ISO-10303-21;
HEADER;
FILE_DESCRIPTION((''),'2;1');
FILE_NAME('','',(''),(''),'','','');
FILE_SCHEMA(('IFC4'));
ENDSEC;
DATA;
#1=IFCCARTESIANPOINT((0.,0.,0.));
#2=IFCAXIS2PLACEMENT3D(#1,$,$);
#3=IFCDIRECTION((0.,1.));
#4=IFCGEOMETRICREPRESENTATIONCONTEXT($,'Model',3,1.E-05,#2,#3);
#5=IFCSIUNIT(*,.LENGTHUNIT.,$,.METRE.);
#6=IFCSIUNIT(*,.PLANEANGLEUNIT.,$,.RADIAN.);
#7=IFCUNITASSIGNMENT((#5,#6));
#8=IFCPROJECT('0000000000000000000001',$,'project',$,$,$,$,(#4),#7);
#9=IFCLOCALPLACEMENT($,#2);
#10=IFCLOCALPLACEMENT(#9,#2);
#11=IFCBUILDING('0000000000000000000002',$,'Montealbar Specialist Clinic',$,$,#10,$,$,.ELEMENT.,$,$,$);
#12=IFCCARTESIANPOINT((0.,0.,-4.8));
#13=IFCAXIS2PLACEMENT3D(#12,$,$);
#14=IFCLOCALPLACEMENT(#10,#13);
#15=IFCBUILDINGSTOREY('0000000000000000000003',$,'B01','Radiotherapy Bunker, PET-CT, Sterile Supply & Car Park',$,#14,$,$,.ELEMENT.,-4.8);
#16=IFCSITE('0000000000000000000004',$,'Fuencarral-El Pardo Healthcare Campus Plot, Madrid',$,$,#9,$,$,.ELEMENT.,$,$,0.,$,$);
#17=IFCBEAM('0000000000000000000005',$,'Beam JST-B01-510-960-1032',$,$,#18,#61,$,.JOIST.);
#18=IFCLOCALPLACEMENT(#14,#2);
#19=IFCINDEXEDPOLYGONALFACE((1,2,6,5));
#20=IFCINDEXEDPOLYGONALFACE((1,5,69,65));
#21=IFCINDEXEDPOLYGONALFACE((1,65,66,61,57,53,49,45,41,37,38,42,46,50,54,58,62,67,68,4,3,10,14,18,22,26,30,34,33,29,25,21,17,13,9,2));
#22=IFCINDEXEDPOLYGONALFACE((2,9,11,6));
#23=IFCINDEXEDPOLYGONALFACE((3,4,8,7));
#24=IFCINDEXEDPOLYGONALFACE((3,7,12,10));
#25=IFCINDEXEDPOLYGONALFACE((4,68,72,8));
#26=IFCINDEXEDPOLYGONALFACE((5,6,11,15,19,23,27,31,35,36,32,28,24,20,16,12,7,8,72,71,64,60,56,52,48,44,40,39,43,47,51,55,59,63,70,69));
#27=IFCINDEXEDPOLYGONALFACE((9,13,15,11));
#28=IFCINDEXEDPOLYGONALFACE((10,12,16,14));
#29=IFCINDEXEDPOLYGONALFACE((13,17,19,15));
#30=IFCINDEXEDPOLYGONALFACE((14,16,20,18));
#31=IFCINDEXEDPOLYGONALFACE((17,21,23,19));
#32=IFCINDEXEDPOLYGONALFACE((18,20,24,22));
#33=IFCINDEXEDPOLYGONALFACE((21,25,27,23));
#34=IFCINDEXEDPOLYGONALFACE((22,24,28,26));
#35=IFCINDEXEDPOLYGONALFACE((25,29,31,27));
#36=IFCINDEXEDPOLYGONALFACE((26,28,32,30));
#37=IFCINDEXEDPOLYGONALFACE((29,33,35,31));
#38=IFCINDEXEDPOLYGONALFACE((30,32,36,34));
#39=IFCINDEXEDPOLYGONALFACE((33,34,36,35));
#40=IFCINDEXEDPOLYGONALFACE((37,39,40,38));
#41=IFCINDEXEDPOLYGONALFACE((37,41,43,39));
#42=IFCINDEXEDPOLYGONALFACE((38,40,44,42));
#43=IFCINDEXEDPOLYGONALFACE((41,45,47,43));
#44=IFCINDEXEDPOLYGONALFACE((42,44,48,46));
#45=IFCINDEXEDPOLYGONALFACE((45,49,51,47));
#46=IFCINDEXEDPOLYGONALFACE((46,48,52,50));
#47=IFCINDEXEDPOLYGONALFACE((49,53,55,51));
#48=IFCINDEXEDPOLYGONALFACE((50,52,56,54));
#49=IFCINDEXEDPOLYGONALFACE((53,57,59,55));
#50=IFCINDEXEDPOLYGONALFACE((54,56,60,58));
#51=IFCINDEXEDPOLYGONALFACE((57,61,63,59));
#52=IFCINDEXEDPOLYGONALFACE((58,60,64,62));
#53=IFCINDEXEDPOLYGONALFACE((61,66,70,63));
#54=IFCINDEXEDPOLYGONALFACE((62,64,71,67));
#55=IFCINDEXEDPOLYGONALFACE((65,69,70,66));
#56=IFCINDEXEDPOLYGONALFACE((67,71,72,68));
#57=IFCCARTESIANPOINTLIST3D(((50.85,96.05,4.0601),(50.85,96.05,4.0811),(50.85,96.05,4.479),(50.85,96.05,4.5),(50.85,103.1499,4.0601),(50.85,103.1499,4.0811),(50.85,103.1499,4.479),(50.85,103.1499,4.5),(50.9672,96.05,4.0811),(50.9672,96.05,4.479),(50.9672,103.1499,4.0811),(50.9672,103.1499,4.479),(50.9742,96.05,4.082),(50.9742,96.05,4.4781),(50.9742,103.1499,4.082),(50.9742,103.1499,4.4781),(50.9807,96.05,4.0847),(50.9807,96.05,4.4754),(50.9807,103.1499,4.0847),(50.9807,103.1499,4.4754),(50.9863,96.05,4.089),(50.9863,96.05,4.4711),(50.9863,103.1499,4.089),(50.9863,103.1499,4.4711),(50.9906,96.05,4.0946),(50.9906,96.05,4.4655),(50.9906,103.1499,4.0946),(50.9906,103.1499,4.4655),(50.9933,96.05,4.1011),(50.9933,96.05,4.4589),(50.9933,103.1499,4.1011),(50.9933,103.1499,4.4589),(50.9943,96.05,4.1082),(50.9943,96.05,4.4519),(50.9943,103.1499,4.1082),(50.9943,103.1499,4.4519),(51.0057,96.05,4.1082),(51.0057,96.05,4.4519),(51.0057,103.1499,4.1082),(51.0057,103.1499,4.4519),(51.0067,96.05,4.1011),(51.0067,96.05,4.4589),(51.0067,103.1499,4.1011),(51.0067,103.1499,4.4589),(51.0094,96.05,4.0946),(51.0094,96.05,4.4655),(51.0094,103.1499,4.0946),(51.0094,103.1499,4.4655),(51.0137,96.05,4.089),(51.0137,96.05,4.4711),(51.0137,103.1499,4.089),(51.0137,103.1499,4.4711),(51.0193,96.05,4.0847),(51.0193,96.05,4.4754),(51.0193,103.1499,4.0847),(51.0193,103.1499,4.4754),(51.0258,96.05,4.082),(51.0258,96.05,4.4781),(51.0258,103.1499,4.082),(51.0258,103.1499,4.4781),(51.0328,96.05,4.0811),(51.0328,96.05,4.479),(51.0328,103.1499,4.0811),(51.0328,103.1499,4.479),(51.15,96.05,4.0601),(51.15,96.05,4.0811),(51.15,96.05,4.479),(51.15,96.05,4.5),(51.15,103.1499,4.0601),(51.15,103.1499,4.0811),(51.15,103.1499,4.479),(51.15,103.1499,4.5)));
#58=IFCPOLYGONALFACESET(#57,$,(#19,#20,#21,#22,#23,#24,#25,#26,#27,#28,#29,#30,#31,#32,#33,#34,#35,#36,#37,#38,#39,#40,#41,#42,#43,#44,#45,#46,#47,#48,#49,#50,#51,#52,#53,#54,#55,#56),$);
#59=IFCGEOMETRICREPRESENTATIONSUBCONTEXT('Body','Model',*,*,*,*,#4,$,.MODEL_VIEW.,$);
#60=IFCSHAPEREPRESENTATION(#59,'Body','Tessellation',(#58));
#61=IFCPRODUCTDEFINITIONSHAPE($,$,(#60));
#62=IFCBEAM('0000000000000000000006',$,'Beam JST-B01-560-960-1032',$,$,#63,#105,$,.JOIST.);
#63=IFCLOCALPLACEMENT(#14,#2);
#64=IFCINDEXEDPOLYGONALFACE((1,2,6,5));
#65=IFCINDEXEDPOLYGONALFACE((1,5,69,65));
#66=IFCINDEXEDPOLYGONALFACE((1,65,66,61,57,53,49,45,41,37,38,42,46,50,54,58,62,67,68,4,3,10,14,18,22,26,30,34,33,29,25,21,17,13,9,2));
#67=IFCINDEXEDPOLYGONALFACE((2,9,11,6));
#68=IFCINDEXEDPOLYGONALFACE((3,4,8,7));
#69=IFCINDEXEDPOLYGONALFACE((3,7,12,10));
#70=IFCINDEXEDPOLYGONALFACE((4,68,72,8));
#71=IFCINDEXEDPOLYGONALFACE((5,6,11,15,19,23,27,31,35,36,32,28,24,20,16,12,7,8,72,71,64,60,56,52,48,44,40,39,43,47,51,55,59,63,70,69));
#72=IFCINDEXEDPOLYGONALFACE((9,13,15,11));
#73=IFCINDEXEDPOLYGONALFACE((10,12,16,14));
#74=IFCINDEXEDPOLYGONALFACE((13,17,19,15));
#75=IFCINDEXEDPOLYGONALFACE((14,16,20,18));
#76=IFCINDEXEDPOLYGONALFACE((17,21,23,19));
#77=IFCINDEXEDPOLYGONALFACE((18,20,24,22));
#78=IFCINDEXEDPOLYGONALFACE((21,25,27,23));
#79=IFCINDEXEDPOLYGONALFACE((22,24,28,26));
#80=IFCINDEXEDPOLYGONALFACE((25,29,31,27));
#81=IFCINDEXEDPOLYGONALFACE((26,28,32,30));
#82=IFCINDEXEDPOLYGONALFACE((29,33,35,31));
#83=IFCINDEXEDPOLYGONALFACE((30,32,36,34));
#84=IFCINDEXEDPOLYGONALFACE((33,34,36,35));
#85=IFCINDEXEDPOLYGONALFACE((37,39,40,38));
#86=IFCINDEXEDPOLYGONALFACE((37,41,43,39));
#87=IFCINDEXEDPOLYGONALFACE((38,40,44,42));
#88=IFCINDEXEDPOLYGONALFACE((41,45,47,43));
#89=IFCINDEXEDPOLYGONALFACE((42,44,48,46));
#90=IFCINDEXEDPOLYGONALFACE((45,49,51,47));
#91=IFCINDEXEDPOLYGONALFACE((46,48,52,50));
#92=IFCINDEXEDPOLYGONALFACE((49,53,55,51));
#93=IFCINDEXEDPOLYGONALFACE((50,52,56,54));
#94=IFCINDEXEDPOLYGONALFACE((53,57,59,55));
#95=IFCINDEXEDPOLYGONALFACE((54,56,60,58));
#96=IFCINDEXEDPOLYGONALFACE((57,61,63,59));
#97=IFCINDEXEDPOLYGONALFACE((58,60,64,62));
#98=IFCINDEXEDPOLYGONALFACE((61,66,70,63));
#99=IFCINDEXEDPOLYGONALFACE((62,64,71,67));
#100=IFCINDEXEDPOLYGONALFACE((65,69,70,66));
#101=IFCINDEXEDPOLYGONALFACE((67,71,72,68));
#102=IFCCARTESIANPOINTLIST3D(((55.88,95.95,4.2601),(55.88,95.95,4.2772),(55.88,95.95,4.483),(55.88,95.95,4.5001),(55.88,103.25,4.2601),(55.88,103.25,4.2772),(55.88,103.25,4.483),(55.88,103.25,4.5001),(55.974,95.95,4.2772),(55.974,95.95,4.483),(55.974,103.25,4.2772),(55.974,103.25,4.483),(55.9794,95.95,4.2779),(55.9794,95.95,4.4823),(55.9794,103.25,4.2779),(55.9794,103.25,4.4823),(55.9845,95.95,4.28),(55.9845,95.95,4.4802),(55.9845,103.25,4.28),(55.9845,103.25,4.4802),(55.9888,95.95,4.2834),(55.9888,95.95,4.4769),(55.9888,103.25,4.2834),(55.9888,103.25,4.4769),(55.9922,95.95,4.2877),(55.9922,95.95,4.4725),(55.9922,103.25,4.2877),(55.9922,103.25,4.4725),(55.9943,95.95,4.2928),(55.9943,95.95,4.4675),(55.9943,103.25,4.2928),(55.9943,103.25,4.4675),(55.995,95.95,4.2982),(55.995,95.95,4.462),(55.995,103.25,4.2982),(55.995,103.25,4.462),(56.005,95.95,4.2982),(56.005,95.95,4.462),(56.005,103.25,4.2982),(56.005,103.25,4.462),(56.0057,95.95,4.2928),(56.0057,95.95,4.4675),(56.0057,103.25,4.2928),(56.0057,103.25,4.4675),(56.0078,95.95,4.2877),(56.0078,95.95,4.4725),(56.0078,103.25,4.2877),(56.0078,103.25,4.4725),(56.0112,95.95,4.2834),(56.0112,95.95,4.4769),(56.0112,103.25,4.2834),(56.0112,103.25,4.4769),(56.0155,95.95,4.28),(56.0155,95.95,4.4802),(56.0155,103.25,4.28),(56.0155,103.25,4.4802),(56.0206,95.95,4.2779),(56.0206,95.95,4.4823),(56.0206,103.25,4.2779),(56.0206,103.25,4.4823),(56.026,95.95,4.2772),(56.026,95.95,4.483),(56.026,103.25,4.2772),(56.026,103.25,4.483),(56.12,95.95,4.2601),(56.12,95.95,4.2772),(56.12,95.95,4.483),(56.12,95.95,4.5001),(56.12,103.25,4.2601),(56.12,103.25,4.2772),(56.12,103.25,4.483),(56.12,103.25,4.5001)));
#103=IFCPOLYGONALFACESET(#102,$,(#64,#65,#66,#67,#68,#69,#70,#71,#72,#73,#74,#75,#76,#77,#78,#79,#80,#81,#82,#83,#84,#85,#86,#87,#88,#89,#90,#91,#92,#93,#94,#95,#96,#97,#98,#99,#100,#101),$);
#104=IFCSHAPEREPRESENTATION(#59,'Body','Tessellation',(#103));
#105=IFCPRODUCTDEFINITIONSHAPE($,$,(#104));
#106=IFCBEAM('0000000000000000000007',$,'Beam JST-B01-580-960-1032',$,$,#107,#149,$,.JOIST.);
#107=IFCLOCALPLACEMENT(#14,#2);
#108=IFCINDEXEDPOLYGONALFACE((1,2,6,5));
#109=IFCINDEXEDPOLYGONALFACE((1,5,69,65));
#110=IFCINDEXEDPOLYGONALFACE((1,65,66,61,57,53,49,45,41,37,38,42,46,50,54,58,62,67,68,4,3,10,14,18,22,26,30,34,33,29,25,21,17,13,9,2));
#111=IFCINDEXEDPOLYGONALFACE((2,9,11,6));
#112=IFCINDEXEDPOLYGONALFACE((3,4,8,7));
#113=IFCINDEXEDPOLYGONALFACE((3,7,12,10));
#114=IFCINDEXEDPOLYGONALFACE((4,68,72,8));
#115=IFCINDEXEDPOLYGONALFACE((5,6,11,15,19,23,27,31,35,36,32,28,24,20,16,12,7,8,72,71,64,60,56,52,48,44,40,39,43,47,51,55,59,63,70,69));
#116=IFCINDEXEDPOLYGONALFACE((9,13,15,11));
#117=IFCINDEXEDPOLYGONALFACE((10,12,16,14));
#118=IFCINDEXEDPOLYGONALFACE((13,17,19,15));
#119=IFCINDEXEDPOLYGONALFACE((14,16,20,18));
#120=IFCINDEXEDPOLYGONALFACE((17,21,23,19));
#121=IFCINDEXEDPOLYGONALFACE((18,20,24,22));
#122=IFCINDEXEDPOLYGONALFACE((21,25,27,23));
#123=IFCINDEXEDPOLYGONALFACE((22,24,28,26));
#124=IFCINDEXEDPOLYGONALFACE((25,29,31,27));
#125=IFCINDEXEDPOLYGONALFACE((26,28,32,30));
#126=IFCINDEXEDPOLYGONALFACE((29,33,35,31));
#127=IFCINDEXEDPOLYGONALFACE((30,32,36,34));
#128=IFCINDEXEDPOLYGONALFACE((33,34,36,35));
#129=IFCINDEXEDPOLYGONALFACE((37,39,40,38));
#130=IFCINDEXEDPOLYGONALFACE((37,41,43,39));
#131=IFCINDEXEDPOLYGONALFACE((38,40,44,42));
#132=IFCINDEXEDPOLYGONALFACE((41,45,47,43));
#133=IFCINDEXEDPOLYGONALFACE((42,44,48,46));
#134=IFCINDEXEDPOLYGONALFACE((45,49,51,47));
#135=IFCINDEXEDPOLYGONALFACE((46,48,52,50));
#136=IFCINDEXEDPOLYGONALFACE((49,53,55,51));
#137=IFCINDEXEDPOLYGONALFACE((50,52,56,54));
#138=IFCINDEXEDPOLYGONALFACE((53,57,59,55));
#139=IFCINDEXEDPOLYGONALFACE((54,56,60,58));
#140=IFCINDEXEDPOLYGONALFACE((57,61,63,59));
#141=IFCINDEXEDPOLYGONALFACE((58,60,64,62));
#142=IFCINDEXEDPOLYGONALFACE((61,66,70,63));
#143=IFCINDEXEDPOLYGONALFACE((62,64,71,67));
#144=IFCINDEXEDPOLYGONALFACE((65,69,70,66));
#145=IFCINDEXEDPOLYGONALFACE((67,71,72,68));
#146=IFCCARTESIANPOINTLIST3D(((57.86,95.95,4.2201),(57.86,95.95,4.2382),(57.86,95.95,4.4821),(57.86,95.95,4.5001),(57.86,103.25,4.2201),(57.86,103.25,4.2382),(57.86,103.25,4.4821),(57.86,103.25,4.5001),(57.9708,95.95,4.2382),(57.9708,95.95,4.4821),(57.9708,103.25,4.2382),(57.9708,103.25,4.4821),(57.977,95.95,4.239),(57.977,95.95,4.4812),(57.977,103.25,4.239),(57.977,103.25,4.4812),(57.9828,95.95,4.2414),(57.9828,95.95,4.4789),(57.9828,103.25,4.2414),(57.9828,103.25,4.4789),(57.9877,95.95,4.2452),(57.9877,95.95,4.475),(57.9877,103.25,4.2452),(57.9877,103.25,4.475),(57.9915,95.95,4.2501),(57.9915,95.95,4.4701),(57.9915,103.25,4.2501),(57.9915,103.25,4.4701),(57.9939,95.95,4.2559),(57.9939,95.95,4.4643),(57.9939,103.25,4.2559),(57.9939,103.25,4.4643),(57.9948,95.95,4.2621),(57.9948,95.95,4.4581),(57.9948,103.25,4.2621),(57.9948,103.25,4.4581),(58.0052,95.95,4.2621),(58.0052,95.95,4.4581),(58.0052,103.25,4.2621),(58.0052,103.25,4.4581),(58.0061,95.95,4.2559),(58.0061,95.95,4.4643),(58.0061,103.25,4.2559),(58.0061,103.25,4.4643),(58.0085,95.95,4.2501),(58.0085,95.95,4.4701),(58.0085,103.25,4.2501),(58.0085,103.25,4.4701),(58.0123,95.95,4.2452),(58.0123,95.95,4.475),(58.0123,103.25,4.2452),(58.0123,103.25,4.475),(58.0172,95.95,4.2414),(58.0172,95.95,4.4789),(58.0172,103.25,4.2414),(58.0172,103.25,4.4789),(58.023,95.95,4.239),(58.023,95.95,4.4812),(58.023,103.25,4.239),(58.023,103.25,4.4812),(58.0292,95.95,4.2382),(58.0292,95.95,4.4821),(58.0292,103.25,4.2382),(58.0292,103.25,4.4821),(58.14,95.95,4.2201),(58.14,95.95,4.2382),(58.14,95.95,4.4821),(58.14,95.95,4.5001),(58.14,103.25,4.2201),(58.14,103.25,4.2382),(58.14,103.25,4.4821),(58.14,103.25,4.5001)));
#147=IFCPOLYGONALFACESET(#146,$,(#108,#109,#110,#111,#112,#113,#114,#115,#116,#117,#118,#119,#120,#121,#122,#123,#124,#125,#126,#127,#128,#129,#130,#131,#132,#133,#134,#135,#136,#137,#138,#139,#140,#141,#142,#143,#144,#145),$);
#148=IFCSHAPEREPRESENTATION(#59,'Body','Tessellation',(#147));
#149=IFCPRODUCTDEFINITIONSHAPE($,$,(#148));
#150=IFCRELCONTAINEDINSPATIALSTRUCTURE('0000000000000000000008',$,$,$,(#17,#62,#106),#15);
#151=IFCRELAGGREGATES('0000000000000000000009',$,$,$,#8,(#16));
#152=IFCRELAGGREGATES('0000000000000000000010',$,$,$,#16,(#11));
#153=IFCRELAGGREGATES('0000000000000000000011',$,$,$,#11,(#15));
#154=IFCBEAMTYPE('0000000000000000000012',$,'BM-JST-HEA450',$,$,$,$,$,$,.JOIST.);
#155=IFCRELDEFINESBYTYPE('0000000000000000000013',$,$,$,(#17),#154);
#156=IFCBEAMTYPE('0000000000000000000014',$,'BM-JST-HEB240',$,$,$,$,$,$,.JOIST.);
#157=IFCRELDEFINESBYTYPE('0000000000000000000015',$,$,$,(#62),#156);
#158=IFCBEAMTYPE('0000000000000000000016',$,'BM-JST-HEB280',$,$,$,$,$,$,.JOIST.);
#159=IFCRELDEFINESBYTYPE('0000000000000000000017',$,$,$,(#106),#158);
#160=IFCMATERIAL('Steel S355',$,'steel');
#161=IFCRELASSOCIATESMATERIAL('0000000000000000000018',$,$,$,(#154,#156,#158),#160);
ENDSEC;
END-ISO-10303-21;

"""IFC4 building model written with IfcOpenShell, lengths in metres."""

from ifc_helpers import new_model, si_unit, direction, frame, origin, origin_2d, place, context, subcontext, project, spatial, i_section, extrude, material, material_profile, profile_set, type_object, element, save


model = new_model("IFC4")

# Units and contexts
model_context = context("Model", 3, precision=1e-05, world=origin(), true_north=direction((0.0, 1.0)))
body_context = subcontext(model_context, "Body", "Model", "MODEL_VIEW")
ifc_project = project(units=[si_unit("LENGTHUNIT", "METRE"), si_unit("PLANEANGLEUNIT", "RADIAN")], contexts=[model_context])

# Site, building, storey
site_placement = place(None, origin())
site = spatial("IfcSite", under=ifc_project, at=site_placement, Name="Fuencarral-El Pardo Healthcare Campus Plot, Madrid", CompositionType="ELEMENT", RefElevation=0.0)
building_placement = place(site_placement, origin())
building = spatial("IfcBuilding", under=site, at=building_placement, Name="Montealbar Specialist Clinic", CompositionType="ELEMENT")
storey_placement = place(building_placement, frame((0.0, 0.0, -4.8)))
storey = spatial("IfcBuildingStorey", under=building, at=storey_placement, Name="B01", Description="Radiotherapy Bunker, PET-CT, Sterile Supply & Car Park", CompositionType="ELEMENT", Elevation=-4.8)

# Shared definitions
ifc_material_1 = material(Name="Steel S355", Category="steel")

# Beams
ifc_material_profile_1 = material_profile(ifc_material_1, i_section(OverallWidth=0.3, OverallDepth=0.4399, WebThickness=0.0115, FlangeThickness=0.021, FilletRadius=0.0271, at=origin_2d()), Name="HEA 450", Category="steel")
ifc_profile_set_1 = profile_set([ifc_material_profile_1], Name="Steel S355")
beam_type_1 = type_object("IfcBeamType", Name="BM-JST-HEA450", PredefinedType="JOIST", material=ifc_profile_set_1)
beam_1_placement = place(storey_placement, frame((51.0, 96.05, 4.28), z_axis=(0.0, 1.0, 0.0), x_axis=(-1.0, 0.0, 0.0)))
element("IfcBeam", 1, at=beam_1_placement, inside=storey, type_object=beam_type_1, Name="Beam JST-B01-510-960-1032", PredefinedType="JOIST", context=body_context, shape_type="SweptSolid", body=[
    extrude(i_section(OverallWidth=0.3, OverallDepth=0.4399, WebThickness=0.0115, FlangeThickness=0.021, FilletRadius=0.0271, at=origin_2d()), origin(), (0.0, 0.0, 1.0), 7.0999),
])
ifc_material_profile_2 = material_profile(ifc_material_1, i_section(OverallWidth=0.24, OverallDepth=0.24, WebThickness=0.01, FlangeThickness=0.0171, FilletRadius=0.021, at=origin_2d()), Name="HEB 240", Category="steel")
ifc_profile_set_2 = profile_set([ifc_material_profile_2], Name="Steel S355")
beam_type_2 = type_object("IfcBeamType", Name="BM-JST-HEB240", PredefinedType="JOIST", material=ifc_profile_set_2)
beam_2_placement = place(storey_placement, frame((56.0, 95.95, 4.3801), z_axis=(0.0, 1.0, 0.0), x_axis=(-1.0, 0.0, 0.0)))
element("IfcBeam", 2, at=beam_2_placement, inside=storey, type_object=beam_type_2, Name="Beam JST-B01-560-960-1032", PredefinedType="JOIST", context=body_context, shape_type="SweptSolid", body=[
    extrude(i_section(OverallWidth=0.24, OverallDepth=0.24, WebThickness=0.01, FlangeThickness=0.0171, FilletRadius=0.021, at=origin_2d()), origin(), (0.0, 0.0, 1.0), 7.3),
])
ifc_material_profile_3 = material_profile(ifc_material_1, i_section(OverallWidth=0.28, OverallDepth=0.28, WebThickness=0.0105, FlangeThickness=0.0181, FilletRadius=0.0239, at=origin_2d()), Name="HEB 280", Category="steel")
ifc_profile_set_3 = profile_set([ifc_material_profile_3], Name="Steel S355")
beam_type_3 = type_object("IfcBeamType", Name="BM-JST-HEB280", PredefinedType="JOIST", material=ifc_profile_set_3)
beam_3_placement = place(storey_placement, frame((58.0, 95.95, 4.3601), z_axis=(0.0, 1.0, 0.0), x_axis=(-1.0, 0.0, 0.0)))
element("IfcBeam", 3, at=beam_3_placement, inside=storey, type_object=beam_type_3, Name="Beam JST-B01-580-960-1032", PredefinedType="JOIST", context=body_context, shape_type="SweptSolid", body=[
    extrude(i_section(OverallWidth=0.28, OverallDepth=0.28, WebThickness=0.0105, FlangeThickness=0.0181, FilletRadius=0.0239, at=origin_2d()), origin(), (0.0, 0.0, 1.0), 7.3),
])

save(model, "model.ifc")
